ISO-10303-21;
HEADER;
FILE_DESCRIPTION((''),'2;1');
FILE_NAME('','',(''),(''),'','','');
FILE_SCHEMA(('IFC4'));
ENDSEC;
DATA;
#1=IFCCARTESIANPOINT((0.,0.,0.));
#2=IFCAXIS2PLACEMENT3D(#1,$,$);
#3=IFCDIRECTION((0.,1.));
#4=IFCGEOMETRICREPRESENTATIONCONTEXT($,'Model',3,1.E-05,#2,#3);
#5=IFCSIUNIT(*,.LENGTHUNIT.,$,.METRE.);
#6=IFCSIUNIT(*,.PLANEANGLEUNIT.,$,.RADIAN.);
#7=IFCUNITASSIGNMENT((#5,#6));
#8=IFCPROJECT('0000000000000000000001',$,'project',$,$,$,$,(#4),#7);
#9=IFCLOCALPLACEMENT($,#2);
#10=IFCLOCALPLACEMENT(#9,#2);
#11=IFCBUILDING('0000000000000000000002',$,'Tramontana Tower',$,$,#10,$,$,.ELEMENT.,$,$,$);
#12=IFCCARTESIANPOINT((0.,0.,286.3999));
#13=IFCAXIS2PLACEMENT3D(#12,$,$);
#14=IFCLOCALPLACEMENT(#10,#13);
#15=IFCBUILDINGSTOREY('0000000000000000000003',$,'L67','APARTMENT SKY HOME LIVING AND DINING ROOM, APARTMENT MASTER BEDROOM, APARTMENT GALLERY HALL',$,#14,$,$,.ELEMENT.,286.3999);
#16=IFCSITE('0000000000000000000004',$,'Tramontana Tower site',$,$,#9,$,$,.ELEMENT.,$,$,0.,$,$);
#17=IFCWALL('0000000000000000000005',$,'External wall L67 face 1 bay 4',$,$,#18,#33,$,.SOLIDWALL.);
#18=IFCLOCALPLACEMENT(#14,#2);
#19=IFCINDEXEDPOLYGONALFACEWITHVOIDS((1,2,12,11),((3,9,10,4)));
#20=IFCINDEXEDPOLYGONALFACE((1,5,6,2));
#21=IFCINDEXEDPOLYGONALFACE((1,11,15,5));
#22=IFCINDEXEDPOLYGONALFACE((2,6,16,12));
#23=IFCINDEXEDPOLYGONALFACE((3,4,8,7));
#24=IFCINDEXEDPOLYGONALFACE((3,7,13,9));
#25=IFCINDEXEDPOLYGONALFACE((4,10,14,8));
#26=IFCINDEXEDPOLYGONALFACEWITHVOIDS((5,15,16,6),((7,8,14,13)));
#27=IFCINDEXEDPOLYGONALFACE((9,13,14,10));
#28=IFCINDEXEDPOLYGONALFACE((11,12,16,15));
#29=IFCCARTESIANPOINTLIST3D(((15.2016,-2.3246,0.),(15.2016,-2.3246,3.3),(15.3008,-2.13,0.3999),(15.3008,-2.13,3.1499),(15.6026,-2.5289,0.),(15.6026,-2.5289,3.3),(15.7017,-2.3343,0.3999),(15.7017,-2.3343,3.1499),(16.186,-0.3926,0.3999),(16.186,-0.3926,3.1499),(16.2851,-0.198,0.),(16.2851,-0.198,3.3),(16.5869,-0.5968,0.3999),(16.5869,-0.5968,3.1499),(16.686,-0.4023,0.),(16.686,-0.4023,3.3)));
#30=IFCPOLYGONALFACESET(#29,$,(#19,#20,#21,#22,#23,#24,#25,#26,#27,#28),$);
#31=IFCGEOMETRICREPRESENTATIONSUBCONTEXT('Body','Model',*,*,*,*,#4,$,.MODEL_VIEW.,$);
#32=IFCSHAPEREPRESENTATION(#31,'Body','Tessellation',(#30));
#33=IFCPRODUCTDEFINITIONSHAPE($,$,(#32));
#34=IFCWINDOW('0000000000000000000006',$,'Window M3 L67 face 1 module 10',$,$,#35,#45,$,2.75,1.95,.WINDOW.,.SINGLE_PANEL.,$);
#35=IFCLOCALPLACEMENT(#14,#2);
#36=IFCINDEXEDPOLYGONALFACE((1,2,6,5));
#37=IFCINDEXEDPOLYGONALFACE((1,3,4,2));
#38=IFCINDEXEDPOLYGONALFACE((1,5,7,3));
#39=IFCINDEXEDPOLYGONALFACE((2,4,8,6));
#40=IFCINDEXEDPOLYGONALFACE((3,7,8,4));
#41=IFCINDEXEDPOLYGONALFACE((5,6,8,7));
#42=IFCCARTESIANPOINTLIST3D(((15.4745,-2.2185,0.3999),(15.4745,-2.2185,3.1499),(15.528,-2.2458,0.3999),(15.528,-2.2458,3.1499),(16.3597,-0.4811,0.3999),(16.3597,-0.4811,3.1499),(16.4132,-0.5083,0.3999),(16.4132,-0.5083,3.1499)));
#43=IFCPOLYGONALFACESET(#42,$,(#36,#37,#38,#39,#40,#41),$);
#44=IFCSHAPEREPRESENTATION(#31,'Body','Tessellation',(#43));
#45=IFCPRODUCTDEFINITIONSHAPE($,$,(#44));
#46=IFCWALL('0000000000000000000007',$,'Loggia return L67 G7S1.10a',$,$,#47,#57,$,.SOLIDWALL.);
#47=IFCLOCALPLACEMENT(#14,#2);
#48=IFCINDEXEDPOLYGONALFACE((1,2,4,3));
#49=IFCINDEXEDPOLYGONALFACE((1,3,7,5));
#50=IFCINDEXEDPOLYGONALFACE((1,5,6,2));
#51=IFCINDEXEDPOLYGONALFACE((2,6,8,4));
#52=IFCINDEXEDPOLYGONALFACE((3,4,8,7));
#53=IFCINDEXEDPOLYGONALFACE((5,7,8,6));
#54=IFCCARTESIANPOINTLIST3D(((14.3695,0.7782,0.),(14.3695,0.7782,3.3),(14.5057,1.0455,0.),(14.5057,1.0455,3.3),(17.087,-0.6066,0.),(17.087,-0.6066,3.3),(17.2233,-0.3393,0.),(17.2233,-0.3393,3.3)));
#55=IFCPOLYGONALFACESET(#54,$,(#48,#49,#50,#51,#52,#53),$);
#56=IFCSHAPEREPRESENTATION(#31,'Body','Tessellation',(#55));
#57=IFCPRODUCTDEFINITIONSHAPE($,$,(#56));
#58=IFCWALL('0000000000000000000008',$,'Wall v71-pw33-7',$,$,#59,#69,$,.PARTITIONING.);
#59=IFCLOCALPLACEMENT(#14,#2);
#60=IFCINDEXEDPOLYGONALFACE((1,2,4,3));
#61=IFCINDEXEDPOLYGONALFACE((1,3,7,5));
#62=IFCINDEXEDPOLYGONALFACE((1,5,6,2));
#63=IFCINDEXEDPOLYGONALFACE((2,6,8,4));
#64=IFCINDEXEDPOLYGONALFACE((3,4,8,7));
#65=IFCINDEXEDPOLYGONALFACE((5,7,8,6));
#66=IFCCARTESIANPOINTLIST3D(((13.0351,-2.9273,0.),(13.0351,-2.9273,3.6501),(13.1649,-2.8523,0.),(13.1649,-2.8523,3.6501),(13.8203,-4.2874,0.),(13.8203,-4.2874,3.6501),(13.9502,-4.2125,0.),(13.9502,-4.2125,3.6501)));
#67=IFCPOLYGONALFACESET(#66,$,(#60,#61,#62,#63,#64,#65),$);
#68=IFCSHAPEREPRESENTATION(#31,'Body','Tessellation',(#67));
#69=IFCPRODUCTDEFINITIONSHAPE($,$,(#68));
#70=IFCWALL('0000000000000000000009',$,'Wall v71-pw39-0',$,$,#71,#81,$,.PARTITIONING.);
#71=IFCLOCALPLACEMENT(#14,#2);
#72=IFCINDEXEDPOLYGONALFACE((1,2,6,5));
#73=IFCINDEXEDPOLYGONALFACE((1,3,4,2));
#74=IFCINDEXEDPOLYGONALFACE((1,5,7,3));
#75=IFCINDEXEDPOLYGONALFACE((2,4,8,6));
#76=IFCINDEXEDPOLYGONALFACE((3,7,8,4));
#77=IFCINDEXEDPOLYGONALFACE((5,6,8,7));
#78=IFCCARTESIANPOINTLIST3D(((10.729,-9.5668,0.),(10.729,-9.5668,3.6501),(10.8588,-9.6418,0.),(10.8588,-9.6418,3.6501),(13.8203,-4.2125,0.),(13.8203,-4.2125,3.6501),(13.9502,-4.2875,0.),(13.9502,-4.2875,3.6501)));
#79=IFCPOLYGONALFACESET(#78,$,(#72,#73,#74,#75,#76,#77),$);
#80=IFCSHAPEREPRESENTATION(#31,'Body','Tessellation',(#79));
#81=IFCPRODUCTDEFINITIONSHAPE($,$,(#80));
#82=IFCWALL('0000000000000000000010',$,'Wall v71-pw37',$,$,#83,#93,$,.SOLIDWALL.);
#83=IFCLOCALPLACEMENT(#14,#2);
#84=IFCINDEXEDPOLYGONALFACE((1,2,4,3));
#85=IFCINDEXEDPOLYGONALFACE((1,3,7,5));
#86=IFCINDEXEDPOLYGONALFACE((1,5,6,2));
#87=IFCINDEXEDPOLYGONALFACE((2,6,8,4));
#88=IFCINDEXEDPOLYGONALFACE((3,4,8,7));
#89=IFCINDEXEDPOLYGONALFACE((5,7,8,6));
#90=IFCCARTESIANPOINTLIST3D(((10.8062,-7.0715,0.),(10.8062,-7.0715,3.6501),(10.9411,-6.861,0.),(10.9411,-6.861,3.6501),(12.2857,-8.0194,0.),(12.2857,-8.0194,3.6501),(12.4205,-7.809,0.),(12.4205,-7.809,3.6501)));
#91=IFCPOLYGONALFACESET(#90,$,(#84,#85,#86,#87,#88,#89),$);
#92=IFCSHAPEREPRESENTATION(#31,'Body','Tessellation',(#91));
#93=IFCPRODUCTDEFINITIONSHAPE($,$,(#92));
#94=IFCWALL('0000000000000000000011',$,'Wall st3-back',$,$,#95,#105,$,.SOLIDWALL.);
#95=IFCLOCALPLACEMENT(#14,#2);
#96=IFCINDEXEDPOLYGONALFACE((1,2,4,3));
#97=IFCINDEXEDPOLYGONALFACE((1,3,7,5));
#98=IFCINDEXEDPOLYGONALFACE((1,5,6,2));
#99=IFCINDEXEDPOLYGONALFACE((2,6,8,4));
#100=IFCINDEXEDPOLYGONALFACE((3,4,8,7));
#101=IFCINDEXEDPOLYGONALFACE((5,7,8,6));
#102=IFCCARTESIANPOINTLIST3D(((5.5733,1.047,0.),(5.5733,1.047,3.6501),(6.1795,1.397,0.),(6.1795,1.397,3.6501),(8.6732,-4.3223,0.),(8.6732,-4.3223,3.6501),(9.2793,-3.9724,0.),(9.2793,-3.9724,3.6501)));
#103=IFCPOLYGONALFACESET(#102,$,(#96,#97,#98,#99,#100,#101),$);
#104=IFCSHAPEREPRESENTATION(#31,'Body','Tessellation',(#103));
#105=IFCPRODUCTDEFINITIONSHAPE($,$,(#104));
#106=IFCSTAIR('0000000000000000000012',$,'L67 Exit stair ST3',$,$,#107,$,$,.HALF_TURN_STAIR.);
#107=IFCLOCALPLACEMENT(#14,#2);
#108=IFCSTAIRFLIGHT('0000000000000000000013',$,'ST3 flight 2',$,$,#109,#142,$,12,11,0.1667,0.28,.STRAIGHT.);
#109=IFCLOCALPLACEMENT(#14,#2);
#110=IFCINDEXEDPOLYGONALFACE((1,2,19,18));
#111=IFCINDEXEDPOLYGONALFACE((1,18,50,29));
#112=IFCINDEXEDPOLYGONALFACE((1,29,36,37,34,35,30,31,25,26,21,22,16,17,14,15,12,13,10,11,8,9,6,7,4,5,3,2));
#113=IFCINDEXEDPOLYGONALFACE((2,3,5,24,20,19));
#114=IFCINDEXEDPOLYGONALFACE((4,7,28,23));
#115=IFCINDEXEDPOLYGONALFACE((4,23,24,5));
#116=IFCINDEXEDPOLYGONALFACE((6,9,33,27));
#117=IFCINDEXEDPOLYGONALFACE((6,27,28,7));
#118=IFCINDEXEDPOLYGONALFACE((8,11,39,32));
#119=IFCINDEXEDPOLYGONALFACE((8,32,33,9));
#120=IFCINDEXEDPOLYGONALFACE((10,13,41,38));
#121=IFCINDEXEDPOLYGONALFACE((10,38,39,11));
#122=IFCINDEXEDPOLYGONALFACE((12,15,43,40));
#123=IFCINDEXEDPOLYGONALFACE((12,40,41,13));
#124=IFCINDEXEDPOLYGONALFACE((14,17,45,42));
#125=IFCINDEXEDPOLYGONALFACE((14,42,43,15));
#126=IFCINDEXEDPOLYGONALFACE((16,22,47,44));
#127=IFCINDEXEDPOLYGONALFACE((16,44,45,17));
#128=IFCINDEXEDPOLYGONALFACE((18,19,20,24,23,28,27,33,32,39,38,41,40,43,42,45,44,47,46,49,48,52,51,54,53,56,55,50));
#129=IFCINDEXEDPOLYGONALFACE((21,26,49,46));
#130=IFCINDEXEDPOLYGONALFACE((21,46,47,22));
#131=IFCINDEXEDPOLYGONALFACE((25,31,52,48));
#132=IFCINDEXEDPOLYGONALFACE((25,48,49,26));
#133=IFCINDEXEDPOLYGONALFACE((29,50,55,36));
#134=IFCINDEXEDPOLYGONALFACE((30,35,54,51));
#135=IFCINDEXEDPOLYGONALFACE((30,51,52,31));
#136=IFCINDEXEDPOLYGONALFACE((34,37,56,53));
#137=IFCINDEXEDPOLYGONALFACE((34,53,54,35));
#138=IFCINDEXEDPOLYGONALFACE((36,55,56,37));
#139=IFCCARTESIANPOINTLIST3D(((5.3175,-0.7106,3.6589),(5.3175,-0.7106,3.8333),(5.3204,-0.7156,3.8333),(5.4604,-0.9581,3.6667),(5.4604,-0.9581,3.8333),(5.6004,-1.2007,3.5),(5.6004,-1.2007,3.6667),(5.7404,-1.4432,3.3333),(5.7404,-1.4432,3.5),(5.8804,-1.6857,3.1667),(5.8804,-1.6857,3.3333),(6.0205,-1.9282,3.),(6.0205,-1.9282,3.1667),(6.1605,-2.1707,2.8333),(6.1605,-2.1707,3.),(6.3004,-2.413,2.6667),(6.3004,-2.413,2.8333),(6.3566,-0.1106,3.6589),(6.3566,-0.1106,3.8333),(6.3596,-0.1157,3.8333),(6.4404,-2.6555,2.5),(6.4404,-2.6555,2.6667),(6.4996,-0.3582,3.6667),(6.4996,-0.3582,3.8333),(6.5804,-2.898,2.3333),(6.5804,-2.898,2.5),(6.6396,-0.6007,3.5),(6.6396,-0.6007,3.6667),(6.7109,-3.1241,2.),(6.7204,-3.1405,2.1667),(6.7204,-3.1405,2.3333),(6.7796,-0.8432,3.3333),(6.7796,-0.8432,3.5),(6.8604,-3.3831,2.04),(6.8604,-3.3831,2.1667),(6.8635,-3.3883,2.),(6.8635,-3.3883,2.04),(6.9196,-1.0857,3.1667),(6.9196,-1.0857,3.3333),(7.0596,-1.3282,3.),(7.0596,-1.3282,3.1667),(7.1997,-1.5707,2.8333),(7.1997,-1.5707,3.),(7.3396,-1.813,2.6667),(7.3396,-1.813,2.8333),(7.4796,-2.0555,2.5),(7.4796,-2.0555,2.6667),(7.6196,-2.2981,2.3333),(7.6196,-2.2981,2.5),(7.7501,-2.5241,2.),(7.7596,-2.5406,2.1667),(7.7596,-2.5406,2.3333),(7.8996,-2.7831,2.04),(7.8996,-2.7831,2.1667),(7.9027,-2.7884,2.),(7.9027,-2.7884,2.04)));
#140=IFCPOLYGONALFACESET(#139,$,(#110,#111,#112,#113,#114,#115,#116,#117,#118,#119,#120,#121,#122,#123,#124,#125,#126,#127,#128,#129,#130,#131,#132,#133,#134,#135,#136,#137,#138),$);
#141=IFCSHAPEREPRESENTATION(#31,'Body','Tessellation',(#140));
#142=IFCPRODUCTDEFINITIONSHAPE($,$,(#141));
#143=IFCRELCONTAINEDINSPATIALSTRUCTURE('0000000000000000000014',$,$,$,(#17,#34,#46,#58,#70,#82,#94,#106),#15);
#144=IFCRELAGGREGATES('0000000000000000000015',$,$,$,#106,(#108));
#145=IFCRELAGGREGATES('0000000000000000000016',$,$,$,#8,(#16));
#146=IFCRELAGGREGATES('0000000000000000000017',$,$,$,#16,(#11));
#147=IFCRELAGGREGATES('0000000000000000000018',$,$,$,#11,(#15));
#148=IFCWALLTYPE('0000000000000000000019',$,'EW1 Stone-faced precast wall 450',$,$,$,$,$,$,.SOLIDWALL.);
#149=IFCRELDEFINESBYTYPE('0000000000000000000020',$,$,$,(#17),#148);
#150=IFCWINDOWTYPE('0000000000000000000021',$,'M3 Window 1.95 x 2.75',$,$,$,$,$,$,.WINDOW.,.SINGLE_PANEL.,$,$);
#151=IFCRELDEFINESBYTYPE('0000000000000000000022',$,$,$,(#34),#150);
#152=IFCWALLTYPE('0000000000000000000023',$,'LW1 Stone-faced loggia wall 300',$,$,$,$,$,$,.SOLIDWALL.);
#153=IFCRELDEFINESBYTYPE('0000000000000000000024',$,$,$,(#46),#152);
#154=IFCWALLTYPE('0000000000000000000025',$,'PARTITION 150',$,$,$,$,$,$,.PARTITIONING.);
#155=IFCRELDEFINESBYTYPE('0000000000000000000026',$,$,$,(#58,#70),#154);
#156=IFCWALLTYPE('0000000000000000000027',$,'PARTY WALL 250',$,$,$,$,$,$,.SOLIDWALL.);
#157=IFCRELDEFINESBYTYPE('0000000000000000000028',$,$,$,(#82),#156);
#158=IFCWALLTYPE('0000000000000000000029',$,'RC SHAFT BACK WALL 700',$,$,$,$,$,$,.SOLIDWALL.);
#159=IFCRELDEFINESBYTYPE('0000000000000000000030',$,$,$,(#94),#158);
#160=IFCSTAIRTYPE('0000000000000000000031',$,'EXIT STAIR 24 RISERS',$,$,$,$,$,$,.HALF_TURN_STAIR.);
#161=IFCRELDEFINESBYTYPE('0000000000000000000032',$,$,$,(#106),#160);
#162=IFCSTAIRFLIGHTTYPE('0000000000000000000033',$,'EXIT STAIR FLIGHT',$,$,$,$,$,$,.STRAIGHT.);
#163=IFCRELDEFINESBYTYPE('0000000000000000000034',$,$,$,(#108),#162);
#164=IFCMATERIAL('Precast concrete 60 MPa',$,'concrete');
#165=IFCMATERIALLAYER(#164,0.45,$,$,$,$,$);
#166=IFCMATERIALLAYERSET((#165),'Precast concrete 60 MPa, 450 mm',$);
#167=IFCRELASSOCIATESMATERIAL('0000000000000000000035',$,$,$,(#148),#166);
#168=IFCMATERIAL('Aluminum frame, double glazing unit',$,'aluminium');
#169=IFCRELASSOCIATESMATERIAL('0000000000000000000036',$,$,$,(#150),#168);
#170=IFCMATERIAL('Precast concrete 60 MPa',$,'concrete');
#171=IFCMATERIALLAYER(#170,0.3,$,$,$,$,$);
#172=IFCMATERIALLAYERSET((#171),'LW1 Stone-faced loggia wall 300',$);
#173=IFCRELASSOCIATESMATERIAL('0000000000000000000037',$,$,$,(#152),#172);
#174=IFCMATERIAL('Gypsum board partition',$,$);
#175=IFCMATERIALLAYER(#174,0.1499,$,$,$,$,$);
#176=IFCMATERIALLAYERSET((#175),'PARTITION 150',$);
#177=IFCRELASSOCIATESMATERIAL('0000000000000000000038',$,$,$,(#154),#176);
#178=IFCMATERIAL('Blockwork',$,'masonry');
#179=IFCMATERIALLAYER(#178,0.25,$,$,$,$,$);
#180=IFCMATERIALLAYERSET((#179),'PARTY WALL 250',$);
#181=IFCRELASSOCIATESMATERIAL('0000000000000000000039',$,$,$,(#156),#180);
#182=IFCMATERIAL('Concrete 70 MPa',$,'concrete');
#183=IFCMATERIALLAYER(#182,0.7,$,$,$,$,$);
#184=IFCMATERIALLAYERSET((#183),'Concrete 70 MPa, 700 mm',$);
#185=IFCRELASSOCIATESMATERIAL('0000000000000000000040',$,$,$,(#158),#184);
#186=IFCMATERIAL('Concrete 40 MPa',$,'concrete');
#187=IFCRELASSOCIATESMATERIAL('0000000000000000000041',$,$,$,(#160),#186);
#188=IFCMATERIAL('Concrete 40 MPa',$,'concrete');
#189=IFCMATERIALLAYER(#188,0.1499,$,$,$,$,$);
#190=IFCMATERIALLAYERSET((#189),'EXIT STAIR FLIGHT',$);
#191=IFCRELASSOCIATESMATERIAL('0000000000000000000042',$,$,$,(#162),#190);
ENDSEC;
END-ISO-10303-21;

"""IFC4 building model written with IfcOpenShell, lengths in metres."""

from ifc_helpers import new_model, si_unit, direction, frame, frame_2d, origin, place, context, subcontext, project, spatial, polyline, rectangle, outline, extrude, material, layer, layer_set, type_object, element, fill, aggregate, save


model = new_model("IFC4")

# Units and contexts
model_context = context("Model", 3, precision=1e-05, world=origin(), true_north=direction((0.0, 1.0)))
body_context = subcontext(model_context, "Body", "Model", "MODEL_VIEW")
ifc_project = project(units=[si_unit("LENGTHUNIT", "METRE"), si_unit("PLANEANGLEUNIT", "RADIAN")], contexts=[model_context])

# Site, building, storey
site_placement = place(None, origin())
site = spatial("IfcSite", under=ifc_project, at=site_placement, Name="Tramontana Tower site", CompositionType="ELEMENT", RefElevation=0.0)
building_placement = place(site_placement, origin())
building = spatial("IfcBuilding", under=site, at=building_placement, Name="Tramontana Tower", CompositionType="ELEMENT")
storey_placement = place(building_placement, frame((0.0, 0.0, 286.3999)))
storey = spatial("IfcBuildingStorey", under=building, at=storey_placement, Name="L67", Description="APARTMENT SKY HOME LIVING AND DINING ROOM, APARTMENT MASTER BEDROOM, APARTMENT GALLERY HALL", CompositionType="ELEMENT", Elevation=286.3999)

# Wall, opening, window
ifc_material_1 = material(Name="Precast concrete 60 MPa", Category="concrete")
ifc_layer_1 = layer(ifc_material_1, 0.45)
ifc_layer_set_1 = layer_set([ifc_layer_1], Name="Precast concrete 60 MPa, 450 mm")
wall_type_1 = type_object("IfcWallType", Name="EW1 Stone-faced precast wall 450", PredefinedType="SOLIDWALL", material=ifc_layer_set_1)
wall_1_placement = place(storey_placement, frame((15.4021, -2.4268, 0.0), z_axis=(0.0, 0.0, 1.0), x_axis=(0.453952, 0.891026, 0.0)))
wall_1 = element("IfcWall", 1, at=wall_1_placement, inside=storey, type_object=wall_type_1, Name="External wall L67 face 1 bay 4", PredefinedType="SOLIDWALL", context=body_context, shape_type="SweptSolid", body=[
    extrude(rectangle(XDim=2.3867, YDim=0.45, at=frame_2d((1.1934, 0.0))), origin(), (0.0, 0.0, 1.0), 3.3),
])
opening_1_placement = place(wall_1_placement, frame((0.2183, 0.0, 0.3999)))
opening_1 = element("IfcOpeningElement", 2, at=opening_1_placement, cuts=wall_1, PredefinedType="OPENING", context=body_context, shape_type="SweptSolid", body=[
    extrude(rectangle(XDim=1.95, YDim=2.75, at=frame_2d((0.9751, 1.375))), frame((0.0, 0.2349, 0.0), z_axis=(0.0, -1.0, 0.0), x_axis=(1.0, 0.0, 0.0)), (0.0, 0.0, 1.0), 0.47),
])
ifc_material_2 = material(Name="Aluminum frame, double glazing unit", Category="aluminium")
window_type = type_object("IfcWindowType", Name="M3 Window 1.95 x 2.75", PartitioningType="SINGLE_PANEL", PredefinedType="WINDOW", material=ifc_material_2)
window_placement = place(opening_1_placement, origin())
window = element("IfcWindow", 3, at=window_placement, inside=storey, type_object=window_type, Name="Window M3 L67 face 1 module 10", OverallHeight=2.75, OverallWidth=1.95, PartitioningType="SINGLE_PANEL", PredefinedType="WINDOW", context=body_context, shape_type="SweptSolid", body=[
    extrude(rectangle(XDim=1.95, YDim=2.75, at=frame_2d((0.9751, 1.375))), frame((0.0, 0.03, 0.0), z_axis=(0.0, -1.0, 0.0), x_axis=(1.0, 0.0, 0.0)), (0.0, 0.0, 1.0), 0.0601),
])
fill(opening_1, window)

# Wall
ifc_material_3 = material(Name="Precast concrete 60 MPa", Category="concrete")
ifc_layer_2 = layer(ifc_material_3, 0.3)
ifc_layer_set_2 = layer_set([ifc_layer_2], Name="LW1 Stone-faced loggia wall 300")
wall_type_2 = type_object("IfcWallType", Name="LW1 Stone-faced loggia wall 300", PredefinedType="SOLIDWALL", material=ifc_layer_set_2)
wall_2_placement = place(storey_placement, frame((17.155, -0.4729, 0.0), z_axis=(0.0, 0.0, 1.0), x_axis=(-0.890991, 0.454021, 0.0)))
element("IfcWall", 4, at=wall_2_placement, inside=storey, type_object=wall_type_2, Name="Loggia return L67 G7S1.10a", PredefinedType="SOLIDWALL", context=body_context, shape_type="SweptSolid", body=[
    extrude(rectangle(XDim=3.05, YDim=0.3, at=frame_2d((1.5249, 0.0))), origin(), (0.0, 0.0, 1.0), 3.3),
])

# Shared definitions
ifc_material_4 = material(Name="Gypsum board partition")
ifc_layer_3 = layer(ifc_material_4, 0.1499)
ifc_layer_set_3 = layer_set([ifc_layer_3], Name="PARTITION 150")
wall_type_3 = type_object("IfcWallType", Name="PARTITION 150", PredefinedType="PARTITIONING", material=ifc_layer_set_3)

# Walls
wall_3_placement = place(storey_placement, frame((13.1001, -2.8899, 0.0), z_axis=(0.0, 0.0, 1.0), x_axis=(0.499951, -0.866054, 0.0)))
element("IfcWall", 5, at=wall_3_placement, inside=storey, type_object=wall_type_3, Name="Wall v71-pw33-7", PredefinedType="PARTITIONING", context=body_context, shape_type="SweptSolid", body=[
    extrude(rectangle(XDim=1.5706, YDim=0.1499, at=frame_2d((0.7852, 0.0))), origin(), (0.0, 0.0, 1.0), 3.6501),
])
wall_4_placement = place(storey_placement, frame((13.8853, -4.25, 0.0), z_axis=(0.0, 0.0, 1.0), x_axis=(-0.500004, -0.866023, 0.0)))
element("IfcWall", 6, at=wall_4_placement, inside=storey, type_object=wall_type_3, Name="Wall v71-pw39-0", PredefinedType="PARTITIONING", context=body_context, shape_type="SweptSolid", body=[
    extrude(rectangle(XDim=6.1826, YDim=0.1499, at=frame_2d((3.0913, 0.0))), origin(), (0.0, 0.0, 1.0), 3.6501),
])
ifc_material_5 = material(Name="Blockwork", Category="masonry")
ifc_layer_4 = layer(ifc_material_5, 0.25)
ifc_layer_set_4 = layer_set([ifc_layer_4], Name="PARTY WALL 250")
wall_type_4 = type_object("IfcWallType", Name="PARTY WALL 250", PredefinedType="SOLIDWALL", material=ifc_layer_set_4)
wall_5_placement = place(storey_placement, frame((10.8738, -6.9663, 0.0), z_axis=(0.0, 0.0, 1.0), x_axis=(0.841981, -0.539507, 0.0)))
element("IfcWall", 7, at=wall_5_placement, inside=storey, type_object=wall_type_4, Name="Wall v71-pw37", PredefinedType="SOLIDWALL", context=body_context, shape_type="SweptSolid", body=[
    extrude(rectangle(XDim=1.7571, YDim=0.25, at=frame_2d((0.8784, 0.0))), origin(), (0.0, 0.0, 1.0), 3.6501),
])
ifc_material_6 = material(Name="Concrete 70 MPa", Category="concrete")
ifc_layer_5 = layer(ifc_material_6, 0.7)
ifc_layer_set_5 = layer_set([ifc_layer_5], Name="Concrete 70 MPa, 700 mm")
wall_type_5 = type_object("IfcWallType", Name="RC SHAFT BACK WALL 700", PredefinedType="SOLIDWALL", material=ifc_layer_set_5)
wall_6_placement = place(storey_placement, frame((8.9763, -4.1475, 0.0), z_axis=(0.0, 0.0, 1.0), x_axis=(-0.49998, 0.866037, 0.0)))
element("IfcWall", 8, at=wall_6_placement, inside=storey, type_object=wall_type_5, Name="Wall st3-back", PredefinedType="SOLIDWALL", context=body_context, shape_type="SweptSolid", body=[
    extrude(rectangle(XDim=6.2, YDim=0.7, at=frame_2d((3.1001, 0.0))), origin(), (0.0, 0.0, 1.0), 3.6501),
])

# Stair, stair flight
ifc_material_7 = material(Name="Concrete 40 MPa", Category="concrete")
stair_type = type_object("IfcStairType", Name="EXIT STAIR 24 RISERS", PredefinedType="HALF_TURN_STAIR", material=ifc_material_7)
stair_placement = place(storey_placement, origin())
stair = element("IfcStair", 9, at=stair_placement, inside=storey, type_object=stair_type, Name="L67 Exit stair ST3", PredefinedType="HALF_TURN_STAIR")
ifc_material_8 = material(Name="Concrete 40 MPa", Category="concrete")
ifc_layer_6 = layer(ifc_material_8, 0.1499)
ifc_layer_set_6 = layer_set([ifc_layer_6], Name="EXIT STAIR FLIGHT")
stair_flight_type = type_object("IfcStairFlightType", Name="EXIT STAIR FLIGHT", PredefinedType="STRAIGHT", material=ifc_layer_set_6)
stair_flight_placement = place(storey_placement, frame((7.3801, -3.083, 2.0), z_axis=(0.0, 0.0, 1.0), x_axis=(-0.5, 0.866025, 0.0)))
stair_flight = element("IfcStairFlight", 10, at=stair_flight_placement, type_object=stair_flight_type, Name="ST3 flight 2", NumberOfRisers=12, NumberOfTreads=11, PredefinedType="STRAIGHT", RiserHeight=0.1667, TreadLength=0.28, context=body_context, shape_type="SweptSolid", body=[
    extrude(outline(polyline([(-0.0061, 0.0), (-0.0061, 0.04), (0.0, 0.04), (0.0, 0.1667), (0.28, 0.1667), (0.28, 0.3333), (0.5601, 0.3333), (0.5601, 0.5), (0.8401, 0.5), (0.8401, 0.6667), (1.1201, 0.6667), (1.1201, 0.8333), (1.3999, 0.8333), (1.3999, 1.0), (1.6799, 1.0), (1.6799, 1.1667), (1.96, 1.1667), (1.96, 1.3333), (2.24, 1.3333), (2.24, 1.5), (2.52, 1.5), (2.52, 1.6667), (2.8, 1.6667), (2.8, 1.8333), (3.0801, 1.8333), (3.0859, 1.8333), (3.0859, 1.6589), (0.2991, 0.0), (-0.0061, 0.0)])), frame((0.0, 0.6001, 0.0), z_axis=(0.0, -1.0, 0.0), x_axis=(1.0, 0.0, 0.0)), (0.0, 0.0, 1.0), 1.2),
])
aggregate(stair, [stair_flight])

save(model, "model.ifc")
